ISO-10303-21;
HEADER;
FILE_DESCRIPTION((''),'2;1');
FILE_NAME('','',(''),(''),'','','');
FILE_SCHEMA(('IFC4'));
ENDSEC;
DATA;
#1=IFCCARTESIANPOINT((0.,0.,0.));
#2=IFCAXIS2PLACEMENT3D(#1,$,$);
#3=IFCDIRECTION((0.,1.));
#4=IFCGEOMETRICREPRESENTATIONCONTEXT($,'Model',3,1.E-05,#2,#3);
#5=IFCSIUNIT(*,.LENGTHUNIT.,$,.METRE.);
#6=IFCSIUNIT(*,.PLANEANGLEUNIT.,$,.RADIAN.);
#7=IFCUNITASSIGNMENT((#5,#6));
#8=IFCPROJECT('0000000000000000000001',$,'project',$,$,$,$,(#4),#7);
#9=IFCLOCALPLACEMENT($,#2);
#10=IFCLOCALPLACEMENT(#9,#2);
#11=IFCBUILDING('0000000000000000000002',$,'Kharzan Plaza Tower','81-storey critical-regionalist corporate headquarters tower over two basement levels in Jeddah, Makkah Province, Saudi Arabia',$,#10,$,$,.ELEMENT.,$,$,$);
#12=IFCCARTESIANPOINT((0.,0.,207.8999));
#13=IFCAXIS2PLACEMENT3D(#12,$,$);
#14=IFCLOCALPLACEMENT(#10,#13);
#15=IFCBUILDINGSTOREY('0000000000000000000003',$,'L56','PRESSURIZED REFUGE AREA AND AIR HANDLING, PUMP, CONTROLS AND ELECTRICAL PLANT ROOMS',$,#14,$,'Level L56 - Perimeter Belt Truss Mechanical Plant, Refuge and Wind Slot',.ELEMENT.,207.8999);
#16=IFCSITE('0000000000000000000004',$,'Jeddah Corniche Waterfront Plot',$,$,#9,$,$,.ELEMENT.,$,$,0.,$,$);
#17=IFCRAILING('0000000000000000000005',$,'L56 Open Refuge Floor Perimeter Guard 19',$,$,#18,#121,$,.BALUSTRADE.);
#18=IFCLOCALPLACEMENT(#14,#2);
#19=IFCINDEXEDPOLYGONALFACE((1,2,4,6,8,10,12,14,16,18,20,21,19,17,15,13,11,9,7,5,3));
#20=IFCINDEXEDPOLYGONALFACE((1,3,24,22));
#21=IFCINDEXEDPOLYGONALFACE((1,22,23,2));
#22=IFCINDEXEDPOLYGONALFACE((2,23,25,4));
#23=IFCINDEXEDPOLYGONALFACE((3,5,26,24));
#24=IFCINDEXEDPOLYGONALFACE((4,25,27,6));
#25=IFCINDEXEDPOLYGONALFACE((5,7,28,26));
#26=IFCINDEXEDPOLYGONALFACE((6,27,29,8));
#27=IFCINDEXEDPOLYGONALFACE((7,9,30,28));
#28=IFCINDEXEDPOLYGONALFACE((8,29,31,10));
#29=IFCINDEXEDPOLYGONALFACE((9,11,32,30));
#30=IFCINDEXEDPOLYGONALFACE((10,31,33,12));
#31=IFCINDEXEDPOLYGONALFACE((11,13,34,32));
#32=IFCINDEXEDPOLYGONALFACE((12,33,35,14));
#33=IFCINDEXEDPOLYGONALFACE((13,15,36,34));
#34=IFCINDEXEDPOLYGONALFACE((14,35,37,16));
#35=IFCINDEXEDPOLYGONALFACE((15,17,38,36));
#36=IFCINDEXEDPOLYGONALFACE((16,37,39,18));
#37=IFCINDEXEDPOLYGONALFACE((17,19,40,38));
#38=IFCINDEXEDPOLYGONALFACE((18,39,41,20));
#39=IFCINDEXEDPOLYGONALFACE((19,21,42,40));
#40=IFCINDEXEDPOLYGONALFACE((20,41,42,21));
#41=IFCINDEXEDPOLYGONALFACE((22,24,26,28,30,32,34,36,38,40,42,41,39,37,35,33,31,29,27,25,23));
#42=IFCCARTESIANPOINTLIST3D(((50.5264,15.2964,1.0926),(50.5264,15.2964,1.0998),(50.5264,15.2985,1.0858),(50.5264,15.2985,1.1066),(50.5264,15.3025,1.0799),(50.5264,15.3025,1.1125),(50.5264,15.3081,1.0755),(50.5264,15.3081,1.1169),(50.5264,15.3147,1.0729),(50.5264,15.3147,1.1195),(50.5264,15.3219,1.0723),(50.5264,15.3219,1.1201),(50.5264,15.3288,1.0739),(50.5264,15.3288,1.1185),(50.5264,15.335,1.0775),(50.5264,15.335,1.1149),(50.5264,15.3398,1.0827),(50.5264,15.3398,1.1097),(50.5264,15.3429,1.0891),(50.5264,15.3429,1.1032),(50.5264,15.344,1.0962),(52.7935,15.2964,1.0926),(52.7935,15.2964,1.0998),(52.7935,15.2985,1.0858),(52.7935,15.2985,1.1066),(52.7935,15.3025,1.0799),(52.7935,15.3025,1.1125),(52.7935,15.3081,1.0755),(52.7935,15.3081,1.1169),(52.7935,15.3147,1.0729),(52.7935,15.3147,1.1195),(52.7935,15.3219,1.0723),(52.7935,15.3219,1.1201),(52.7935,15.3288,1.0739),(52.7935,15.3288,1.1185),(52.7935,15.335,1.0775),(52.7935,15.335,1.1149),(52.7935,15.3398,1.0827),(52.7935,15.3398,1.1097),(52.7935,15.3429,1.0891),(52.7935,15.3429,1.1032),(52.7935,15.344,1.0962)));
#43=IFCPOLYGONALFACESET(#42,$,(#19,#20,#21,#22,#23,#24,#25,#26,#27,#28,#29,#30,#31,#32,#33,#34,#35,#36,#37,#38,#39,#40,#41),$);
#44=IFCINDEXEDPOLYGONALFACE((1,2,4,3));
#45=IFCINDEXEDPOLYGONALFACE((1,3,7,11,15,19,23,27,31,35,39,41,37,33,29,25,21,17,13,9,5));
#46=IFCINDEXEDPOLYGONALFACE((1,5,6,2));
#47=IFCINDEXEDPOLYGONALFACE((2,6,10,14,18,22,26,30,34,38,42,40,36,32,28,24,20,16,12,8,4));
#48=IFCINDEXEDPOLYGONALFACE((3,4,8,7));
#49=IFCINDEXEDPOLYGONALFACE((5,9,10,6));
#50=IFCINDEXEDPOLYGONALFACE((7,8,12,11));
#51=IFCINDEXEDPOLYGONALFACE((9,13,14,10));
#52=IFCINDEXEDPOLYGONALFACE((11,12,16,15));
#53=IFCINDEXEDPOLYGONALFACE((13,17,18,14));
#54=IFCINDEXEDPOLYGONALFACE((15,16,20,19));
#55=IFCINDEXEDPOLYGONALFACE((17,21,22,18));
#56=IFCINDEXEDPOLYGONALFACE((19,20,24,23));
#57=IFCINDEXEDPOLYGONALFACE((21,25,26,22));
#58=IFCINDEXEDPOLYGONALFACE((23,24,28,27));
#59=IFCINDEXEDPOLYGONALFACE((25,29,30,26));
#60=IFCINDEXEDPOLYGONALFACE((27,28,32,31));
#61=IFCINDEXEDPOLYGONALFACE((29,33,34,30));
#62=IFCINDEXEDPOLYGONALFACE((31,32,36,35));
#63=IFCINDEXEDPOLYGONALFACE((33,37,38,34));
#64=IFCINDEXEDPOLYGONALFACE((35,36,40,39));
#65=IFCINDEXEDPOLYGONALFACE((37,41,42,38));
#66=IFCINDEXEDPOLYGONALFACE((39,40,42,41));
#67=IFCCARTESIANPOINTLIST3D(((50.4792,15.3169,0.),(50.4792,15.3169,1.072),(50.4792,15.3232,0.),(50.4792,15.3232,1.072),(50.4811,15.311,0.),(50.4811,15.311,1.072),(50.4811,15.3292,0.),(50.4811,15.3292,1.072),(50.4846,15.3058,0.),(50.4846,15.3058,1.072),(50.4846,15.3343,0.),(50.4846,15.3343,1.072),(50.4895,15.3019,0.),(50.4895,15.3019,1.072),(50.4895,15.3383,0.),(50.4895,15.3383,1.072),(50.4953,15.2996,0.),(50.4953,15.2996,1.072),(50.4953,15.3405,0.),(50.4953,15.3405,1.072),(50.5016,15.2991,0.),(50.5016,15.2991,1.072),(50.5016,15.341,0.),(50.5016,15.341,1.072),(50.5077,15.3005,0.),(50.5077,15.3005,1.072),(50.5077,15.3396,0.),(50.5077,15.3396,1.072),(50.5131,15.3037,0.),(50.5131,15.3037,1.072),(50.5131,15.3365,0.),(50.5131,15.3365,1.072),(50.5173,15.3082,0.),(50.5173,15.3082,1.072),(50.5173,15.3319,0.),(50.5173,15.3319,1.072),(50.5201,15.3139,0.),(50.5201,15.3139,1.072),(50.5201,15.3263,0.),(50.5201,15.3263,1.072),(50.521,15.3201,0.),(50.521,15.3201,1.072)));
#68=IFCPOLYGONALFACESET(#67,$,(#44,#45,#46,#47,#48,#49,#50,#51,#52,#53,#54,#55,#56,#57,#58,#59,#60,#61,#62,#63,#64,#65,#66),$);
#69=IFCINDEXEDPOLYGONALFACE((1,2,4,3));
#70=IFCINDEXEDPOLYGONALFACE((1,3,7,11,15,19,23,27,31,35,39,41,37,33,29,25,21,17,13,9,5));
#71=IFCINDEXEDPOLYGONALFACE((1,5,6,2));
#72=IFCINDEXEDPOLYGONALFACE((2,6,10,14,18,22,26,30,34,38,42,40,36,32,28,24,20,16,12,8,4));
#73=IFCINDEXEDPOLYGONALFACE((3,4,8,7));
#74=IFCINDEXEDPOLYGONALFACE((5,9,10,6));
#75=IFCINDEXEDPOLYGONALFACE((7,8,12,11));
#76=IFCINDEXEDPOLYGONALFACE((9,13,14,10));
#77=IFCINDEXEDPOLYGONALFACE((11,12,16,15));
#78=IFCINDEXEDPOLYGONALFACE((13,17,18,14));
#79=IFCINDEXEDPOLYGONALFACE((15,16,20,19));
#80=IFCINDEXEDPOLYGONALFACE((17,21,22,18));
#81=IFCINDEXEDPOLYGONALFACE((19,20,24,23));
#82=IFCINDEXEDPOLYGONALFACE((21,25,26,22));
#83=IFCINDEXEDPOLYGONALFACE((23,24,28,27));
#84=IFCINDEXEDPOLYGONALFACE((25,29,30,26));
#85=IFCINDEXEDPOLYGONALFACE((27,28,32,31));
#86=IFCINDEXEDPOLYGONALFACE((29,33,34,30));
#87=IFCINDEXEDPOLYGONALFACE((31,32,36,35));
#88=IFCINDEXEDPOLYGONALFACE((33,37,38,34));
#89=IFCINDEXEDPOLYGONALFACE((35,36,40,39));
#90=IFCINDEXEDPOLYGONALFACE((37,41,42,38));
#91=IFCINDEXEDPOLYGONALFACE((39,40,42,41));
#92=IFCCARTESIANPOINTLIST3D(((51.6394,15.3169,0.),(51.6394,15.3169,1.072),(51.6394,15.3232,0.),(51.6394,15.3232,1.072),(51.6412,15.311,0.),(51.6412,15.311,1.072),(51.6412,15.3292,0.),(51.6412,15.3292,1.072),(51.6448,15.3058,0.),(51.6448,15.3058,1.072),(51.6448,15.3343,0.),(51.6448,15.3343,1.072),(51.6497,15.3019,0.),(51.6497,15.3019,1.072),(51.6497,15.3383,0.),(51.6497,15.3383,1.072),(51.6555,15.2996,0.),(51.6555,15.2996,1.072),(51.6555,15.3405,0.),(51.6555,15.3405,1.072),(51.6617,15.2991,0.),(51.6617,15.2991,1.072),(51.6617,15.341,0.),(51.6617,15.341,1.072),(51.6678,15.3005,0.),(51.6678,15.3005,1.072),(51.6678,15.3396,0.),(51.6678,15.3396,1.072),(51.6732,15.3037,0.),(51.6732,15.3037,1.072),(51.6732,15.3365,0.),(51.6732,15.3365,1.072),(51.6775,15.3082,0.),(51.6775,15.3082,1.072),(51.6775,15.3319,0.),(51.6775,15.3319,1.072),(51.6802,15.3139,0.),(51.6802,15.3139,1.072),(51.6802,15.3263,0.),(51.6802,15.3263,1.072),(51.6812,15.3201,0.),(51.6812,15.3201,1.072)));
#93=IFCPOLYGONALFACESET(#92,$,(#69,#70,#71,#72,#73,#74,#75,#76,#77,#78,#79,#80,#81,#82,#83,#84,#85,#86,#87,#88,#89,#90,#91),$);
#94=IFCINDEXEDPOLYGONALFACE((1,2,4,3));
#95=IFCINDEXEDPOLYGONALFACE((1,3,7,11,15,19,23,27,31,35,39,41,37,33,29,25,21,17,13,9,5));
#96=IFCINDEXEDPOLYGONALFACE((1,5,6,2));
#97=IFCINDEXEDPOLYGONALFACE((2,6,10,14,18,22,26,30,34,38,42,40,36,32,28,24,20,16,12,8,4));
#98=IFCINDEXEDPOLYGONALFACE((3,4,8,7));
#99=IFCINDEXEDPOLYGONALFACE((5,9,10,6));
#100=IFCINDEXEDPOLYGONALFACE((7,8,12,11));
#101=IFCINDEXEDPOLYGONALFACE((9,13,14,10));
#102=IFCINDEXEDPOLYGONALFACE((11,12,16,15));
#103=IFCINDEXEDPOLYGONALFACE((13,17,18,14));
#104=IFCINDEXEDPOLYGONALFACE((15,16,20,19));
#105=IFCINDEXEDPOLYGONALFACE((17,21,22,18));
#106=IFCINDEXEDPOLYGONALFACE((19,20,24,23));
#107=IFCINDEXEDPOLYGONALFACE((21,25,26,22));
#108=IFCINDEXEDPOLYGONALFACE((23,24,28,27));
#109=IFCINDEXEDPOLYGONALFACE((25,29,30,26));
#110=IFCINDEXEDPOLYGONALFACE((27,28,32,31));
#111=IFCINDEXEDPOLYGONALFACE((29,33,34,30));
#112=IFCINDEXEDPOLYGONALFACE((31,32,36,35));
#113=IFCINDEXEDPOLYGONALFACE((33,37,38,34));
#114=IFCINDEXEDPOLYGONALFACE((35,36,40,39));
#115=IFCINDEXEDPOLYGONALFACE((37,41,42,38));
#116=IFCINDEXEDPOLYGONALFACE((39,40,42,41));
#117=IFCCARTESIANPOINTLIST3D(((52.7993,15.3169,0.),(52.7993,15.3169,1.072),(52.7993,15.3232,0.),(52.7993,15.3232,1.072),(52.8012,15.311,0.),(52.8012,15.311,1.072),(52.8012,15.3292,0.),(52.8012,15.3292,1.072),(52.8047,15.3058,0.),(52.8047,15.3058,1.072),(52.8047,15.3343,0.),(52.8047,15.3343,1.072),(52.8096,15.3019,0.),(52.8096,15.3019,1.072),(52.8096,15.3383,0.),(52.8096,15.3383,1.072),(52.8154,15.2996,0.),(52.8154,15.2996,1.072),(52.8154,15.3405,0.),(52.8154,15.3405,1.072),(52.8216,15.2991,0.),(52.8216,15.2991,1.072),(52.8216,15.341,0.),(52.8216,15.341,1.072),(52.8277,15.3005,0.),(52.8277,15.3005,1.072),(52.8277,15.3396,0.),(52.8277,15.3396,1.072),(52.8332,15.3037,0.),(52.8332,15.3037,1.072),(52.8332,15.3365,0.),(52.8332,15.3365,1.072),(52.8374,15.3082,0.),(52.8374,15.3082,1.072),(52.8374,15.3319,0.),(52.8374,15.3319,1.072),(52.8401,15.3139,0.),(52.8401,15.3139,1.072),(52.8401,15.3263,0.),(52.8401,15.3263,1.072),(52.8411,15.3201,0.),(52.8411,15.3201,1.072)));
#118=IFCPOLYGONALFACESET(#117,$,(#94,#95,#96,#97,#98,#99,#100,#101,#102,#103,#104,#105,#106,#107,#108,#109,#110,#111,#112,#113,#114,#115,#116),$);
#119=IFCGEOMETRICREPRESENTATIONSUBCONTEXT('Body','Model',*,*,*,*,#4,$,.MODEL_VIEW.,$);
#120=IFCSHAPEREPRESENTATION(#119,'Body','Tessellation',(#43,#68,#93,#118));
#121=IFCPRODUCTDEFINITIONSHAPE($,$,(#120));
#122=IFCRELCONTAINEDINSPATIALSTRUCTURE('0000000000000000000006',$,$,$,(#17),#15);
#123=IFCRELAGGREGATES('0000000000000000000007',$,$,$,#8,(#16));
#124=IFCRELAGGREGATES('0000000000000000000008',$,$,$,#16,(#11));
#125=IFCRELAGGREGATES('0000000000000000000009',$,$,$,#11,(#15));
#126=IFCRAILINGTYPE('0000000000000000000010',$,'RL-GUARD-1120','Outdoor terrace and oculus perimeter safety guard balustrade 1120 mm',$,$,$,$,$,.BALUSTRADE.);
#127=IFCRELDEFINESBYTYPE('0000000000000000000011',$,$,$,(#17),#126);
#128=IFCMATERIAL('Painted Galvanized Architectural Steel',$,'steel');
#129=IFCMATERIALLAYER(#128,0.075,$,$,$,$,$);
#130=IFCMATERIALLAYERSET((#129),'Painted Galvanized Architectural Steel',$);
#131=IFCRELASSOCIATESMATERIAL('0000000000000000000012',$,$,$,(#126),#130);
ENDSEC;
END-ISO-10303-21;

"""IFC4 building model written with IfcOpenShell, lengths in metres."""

from ifc_helpers import new_model, si_unit, direction, frame, origin, origin_2d, place, context, subcontext, project, spatial, circle, extrude, source, transform, mapped, material, layer, layer_set, type_object, element, save


model = new_model("IFC4")

# Units and contexts
model_context = context("Model", 3, precision=1e-05, world=origin(), true_north=direction((0.0, 1.0)))
body_context = subcontext(model_context, "Body", "Model", "MODEL_VIEW")
ifc_project = project(units=[si_unit("LENGTHUNIT", "METRE"), si_unit("PLANEANGLEUNIT", "RADIAN")], contexts=[model_context])

# Site, building, storey
site_placement = place(None, origin())
site = spatial("IfcSite", under=ifc_project, at=site_placement, Name="Jeddah Corniche Waterfront Plot", CompositionType="ELEMENT", RefElevation=0.0)
building_placement = place(site_placement, origin())
building = spatial("IfcBuilding", under=site, at=building_placement, Name="Kharzan Plaza Tower", Description="81-storey critical-regionalist corporate headquarters tower over two basement levels in Jeddah, Makkah Province, Saudi Arabia", CompositionType="ELEMENT")
storey_placement = place(building_placement, frame((0.0, 0.0, 207.8999)))
storey = spatial("IfcBuildingStorey", under=building, at=storey_placement, Name="L56", Description="PRESSURIZED REFUGE AREA AND AIR HANDLING, PUMP, CONTROLS AND ELECTRICAL PLANT ROOMS", LongName="Level L56 - Perimeter Belt Truss Mechanical Plant, Refuge and Wind Slot", CompositionType="ELEMENT", Elevation=207.8999)

# Railing
ifc_material_1 = material(Name="Painted Galvanized Architectural Steel", Category="steel")
ifc_layer_1 = layer(ifc_material_1, 0.075)
ifc_layer_set_1 = layer_set([ifc_layer_1], Name="Painted Galvanized Architectural Steel")
railing_type = type_object("IfcRailingType", Name="RL-GUARD-1120", Description="Outdoor terrace and oculus perimeter safety guard balustrade 1120 mm", PredefinedType="BALUSTRADE", material=ifc_layer_set_1)
shared_shape_1 = source(origin(), body_context, "Body", "SweptSolid", [
    extrude(circle(Radius=0.0239, at=origin_2d()), frame((0.0264, 0.0, 1.0962), z_axis=(1.0, 0.0, 0.0), x_axis=(0.0, 1.0, 0.0)), (0.0, 0.0, 1.0), 2.2671),
    extrude(circle(Radius=0.021, at=origin_2d()), origin(), (0.0, 0.0, 1.0), 1.072),
    extrude(circle(Radius=0.021, at=origin_2d()), frame((1.1602, 0.0, 0.0)), (0.0, 0.0, 1.0), 1.072),
    extrude(circle(Radius=0.021, at=origin_2d()), frame((2.3201, 0.0, 0.0)), (0.0, 0.0, 1.0), 1.072),
])
railing_1_placement = place(storey_placement, frame((50.5, 15.3201, 0.0)))
element("IfcRailing", 1, at=railing_1_placement, inside=storey, type_object=railing_type, Name="L56 Open Refuge Floor Perimeter Guard 19", PredefinedType="BALUSTRADE", context=body_context, shape_type="MappedRepresentation", body=[
    mapped(shared_shape_1, transform((0.0, 0.0, 0.0), x_axis=(1.0, 0.0, 0.0), y_axis=(0.0, 1.0, 0.0), z_axis=(0.0, 0.0, 1.0))),
])

save(model, "model.ifc")
